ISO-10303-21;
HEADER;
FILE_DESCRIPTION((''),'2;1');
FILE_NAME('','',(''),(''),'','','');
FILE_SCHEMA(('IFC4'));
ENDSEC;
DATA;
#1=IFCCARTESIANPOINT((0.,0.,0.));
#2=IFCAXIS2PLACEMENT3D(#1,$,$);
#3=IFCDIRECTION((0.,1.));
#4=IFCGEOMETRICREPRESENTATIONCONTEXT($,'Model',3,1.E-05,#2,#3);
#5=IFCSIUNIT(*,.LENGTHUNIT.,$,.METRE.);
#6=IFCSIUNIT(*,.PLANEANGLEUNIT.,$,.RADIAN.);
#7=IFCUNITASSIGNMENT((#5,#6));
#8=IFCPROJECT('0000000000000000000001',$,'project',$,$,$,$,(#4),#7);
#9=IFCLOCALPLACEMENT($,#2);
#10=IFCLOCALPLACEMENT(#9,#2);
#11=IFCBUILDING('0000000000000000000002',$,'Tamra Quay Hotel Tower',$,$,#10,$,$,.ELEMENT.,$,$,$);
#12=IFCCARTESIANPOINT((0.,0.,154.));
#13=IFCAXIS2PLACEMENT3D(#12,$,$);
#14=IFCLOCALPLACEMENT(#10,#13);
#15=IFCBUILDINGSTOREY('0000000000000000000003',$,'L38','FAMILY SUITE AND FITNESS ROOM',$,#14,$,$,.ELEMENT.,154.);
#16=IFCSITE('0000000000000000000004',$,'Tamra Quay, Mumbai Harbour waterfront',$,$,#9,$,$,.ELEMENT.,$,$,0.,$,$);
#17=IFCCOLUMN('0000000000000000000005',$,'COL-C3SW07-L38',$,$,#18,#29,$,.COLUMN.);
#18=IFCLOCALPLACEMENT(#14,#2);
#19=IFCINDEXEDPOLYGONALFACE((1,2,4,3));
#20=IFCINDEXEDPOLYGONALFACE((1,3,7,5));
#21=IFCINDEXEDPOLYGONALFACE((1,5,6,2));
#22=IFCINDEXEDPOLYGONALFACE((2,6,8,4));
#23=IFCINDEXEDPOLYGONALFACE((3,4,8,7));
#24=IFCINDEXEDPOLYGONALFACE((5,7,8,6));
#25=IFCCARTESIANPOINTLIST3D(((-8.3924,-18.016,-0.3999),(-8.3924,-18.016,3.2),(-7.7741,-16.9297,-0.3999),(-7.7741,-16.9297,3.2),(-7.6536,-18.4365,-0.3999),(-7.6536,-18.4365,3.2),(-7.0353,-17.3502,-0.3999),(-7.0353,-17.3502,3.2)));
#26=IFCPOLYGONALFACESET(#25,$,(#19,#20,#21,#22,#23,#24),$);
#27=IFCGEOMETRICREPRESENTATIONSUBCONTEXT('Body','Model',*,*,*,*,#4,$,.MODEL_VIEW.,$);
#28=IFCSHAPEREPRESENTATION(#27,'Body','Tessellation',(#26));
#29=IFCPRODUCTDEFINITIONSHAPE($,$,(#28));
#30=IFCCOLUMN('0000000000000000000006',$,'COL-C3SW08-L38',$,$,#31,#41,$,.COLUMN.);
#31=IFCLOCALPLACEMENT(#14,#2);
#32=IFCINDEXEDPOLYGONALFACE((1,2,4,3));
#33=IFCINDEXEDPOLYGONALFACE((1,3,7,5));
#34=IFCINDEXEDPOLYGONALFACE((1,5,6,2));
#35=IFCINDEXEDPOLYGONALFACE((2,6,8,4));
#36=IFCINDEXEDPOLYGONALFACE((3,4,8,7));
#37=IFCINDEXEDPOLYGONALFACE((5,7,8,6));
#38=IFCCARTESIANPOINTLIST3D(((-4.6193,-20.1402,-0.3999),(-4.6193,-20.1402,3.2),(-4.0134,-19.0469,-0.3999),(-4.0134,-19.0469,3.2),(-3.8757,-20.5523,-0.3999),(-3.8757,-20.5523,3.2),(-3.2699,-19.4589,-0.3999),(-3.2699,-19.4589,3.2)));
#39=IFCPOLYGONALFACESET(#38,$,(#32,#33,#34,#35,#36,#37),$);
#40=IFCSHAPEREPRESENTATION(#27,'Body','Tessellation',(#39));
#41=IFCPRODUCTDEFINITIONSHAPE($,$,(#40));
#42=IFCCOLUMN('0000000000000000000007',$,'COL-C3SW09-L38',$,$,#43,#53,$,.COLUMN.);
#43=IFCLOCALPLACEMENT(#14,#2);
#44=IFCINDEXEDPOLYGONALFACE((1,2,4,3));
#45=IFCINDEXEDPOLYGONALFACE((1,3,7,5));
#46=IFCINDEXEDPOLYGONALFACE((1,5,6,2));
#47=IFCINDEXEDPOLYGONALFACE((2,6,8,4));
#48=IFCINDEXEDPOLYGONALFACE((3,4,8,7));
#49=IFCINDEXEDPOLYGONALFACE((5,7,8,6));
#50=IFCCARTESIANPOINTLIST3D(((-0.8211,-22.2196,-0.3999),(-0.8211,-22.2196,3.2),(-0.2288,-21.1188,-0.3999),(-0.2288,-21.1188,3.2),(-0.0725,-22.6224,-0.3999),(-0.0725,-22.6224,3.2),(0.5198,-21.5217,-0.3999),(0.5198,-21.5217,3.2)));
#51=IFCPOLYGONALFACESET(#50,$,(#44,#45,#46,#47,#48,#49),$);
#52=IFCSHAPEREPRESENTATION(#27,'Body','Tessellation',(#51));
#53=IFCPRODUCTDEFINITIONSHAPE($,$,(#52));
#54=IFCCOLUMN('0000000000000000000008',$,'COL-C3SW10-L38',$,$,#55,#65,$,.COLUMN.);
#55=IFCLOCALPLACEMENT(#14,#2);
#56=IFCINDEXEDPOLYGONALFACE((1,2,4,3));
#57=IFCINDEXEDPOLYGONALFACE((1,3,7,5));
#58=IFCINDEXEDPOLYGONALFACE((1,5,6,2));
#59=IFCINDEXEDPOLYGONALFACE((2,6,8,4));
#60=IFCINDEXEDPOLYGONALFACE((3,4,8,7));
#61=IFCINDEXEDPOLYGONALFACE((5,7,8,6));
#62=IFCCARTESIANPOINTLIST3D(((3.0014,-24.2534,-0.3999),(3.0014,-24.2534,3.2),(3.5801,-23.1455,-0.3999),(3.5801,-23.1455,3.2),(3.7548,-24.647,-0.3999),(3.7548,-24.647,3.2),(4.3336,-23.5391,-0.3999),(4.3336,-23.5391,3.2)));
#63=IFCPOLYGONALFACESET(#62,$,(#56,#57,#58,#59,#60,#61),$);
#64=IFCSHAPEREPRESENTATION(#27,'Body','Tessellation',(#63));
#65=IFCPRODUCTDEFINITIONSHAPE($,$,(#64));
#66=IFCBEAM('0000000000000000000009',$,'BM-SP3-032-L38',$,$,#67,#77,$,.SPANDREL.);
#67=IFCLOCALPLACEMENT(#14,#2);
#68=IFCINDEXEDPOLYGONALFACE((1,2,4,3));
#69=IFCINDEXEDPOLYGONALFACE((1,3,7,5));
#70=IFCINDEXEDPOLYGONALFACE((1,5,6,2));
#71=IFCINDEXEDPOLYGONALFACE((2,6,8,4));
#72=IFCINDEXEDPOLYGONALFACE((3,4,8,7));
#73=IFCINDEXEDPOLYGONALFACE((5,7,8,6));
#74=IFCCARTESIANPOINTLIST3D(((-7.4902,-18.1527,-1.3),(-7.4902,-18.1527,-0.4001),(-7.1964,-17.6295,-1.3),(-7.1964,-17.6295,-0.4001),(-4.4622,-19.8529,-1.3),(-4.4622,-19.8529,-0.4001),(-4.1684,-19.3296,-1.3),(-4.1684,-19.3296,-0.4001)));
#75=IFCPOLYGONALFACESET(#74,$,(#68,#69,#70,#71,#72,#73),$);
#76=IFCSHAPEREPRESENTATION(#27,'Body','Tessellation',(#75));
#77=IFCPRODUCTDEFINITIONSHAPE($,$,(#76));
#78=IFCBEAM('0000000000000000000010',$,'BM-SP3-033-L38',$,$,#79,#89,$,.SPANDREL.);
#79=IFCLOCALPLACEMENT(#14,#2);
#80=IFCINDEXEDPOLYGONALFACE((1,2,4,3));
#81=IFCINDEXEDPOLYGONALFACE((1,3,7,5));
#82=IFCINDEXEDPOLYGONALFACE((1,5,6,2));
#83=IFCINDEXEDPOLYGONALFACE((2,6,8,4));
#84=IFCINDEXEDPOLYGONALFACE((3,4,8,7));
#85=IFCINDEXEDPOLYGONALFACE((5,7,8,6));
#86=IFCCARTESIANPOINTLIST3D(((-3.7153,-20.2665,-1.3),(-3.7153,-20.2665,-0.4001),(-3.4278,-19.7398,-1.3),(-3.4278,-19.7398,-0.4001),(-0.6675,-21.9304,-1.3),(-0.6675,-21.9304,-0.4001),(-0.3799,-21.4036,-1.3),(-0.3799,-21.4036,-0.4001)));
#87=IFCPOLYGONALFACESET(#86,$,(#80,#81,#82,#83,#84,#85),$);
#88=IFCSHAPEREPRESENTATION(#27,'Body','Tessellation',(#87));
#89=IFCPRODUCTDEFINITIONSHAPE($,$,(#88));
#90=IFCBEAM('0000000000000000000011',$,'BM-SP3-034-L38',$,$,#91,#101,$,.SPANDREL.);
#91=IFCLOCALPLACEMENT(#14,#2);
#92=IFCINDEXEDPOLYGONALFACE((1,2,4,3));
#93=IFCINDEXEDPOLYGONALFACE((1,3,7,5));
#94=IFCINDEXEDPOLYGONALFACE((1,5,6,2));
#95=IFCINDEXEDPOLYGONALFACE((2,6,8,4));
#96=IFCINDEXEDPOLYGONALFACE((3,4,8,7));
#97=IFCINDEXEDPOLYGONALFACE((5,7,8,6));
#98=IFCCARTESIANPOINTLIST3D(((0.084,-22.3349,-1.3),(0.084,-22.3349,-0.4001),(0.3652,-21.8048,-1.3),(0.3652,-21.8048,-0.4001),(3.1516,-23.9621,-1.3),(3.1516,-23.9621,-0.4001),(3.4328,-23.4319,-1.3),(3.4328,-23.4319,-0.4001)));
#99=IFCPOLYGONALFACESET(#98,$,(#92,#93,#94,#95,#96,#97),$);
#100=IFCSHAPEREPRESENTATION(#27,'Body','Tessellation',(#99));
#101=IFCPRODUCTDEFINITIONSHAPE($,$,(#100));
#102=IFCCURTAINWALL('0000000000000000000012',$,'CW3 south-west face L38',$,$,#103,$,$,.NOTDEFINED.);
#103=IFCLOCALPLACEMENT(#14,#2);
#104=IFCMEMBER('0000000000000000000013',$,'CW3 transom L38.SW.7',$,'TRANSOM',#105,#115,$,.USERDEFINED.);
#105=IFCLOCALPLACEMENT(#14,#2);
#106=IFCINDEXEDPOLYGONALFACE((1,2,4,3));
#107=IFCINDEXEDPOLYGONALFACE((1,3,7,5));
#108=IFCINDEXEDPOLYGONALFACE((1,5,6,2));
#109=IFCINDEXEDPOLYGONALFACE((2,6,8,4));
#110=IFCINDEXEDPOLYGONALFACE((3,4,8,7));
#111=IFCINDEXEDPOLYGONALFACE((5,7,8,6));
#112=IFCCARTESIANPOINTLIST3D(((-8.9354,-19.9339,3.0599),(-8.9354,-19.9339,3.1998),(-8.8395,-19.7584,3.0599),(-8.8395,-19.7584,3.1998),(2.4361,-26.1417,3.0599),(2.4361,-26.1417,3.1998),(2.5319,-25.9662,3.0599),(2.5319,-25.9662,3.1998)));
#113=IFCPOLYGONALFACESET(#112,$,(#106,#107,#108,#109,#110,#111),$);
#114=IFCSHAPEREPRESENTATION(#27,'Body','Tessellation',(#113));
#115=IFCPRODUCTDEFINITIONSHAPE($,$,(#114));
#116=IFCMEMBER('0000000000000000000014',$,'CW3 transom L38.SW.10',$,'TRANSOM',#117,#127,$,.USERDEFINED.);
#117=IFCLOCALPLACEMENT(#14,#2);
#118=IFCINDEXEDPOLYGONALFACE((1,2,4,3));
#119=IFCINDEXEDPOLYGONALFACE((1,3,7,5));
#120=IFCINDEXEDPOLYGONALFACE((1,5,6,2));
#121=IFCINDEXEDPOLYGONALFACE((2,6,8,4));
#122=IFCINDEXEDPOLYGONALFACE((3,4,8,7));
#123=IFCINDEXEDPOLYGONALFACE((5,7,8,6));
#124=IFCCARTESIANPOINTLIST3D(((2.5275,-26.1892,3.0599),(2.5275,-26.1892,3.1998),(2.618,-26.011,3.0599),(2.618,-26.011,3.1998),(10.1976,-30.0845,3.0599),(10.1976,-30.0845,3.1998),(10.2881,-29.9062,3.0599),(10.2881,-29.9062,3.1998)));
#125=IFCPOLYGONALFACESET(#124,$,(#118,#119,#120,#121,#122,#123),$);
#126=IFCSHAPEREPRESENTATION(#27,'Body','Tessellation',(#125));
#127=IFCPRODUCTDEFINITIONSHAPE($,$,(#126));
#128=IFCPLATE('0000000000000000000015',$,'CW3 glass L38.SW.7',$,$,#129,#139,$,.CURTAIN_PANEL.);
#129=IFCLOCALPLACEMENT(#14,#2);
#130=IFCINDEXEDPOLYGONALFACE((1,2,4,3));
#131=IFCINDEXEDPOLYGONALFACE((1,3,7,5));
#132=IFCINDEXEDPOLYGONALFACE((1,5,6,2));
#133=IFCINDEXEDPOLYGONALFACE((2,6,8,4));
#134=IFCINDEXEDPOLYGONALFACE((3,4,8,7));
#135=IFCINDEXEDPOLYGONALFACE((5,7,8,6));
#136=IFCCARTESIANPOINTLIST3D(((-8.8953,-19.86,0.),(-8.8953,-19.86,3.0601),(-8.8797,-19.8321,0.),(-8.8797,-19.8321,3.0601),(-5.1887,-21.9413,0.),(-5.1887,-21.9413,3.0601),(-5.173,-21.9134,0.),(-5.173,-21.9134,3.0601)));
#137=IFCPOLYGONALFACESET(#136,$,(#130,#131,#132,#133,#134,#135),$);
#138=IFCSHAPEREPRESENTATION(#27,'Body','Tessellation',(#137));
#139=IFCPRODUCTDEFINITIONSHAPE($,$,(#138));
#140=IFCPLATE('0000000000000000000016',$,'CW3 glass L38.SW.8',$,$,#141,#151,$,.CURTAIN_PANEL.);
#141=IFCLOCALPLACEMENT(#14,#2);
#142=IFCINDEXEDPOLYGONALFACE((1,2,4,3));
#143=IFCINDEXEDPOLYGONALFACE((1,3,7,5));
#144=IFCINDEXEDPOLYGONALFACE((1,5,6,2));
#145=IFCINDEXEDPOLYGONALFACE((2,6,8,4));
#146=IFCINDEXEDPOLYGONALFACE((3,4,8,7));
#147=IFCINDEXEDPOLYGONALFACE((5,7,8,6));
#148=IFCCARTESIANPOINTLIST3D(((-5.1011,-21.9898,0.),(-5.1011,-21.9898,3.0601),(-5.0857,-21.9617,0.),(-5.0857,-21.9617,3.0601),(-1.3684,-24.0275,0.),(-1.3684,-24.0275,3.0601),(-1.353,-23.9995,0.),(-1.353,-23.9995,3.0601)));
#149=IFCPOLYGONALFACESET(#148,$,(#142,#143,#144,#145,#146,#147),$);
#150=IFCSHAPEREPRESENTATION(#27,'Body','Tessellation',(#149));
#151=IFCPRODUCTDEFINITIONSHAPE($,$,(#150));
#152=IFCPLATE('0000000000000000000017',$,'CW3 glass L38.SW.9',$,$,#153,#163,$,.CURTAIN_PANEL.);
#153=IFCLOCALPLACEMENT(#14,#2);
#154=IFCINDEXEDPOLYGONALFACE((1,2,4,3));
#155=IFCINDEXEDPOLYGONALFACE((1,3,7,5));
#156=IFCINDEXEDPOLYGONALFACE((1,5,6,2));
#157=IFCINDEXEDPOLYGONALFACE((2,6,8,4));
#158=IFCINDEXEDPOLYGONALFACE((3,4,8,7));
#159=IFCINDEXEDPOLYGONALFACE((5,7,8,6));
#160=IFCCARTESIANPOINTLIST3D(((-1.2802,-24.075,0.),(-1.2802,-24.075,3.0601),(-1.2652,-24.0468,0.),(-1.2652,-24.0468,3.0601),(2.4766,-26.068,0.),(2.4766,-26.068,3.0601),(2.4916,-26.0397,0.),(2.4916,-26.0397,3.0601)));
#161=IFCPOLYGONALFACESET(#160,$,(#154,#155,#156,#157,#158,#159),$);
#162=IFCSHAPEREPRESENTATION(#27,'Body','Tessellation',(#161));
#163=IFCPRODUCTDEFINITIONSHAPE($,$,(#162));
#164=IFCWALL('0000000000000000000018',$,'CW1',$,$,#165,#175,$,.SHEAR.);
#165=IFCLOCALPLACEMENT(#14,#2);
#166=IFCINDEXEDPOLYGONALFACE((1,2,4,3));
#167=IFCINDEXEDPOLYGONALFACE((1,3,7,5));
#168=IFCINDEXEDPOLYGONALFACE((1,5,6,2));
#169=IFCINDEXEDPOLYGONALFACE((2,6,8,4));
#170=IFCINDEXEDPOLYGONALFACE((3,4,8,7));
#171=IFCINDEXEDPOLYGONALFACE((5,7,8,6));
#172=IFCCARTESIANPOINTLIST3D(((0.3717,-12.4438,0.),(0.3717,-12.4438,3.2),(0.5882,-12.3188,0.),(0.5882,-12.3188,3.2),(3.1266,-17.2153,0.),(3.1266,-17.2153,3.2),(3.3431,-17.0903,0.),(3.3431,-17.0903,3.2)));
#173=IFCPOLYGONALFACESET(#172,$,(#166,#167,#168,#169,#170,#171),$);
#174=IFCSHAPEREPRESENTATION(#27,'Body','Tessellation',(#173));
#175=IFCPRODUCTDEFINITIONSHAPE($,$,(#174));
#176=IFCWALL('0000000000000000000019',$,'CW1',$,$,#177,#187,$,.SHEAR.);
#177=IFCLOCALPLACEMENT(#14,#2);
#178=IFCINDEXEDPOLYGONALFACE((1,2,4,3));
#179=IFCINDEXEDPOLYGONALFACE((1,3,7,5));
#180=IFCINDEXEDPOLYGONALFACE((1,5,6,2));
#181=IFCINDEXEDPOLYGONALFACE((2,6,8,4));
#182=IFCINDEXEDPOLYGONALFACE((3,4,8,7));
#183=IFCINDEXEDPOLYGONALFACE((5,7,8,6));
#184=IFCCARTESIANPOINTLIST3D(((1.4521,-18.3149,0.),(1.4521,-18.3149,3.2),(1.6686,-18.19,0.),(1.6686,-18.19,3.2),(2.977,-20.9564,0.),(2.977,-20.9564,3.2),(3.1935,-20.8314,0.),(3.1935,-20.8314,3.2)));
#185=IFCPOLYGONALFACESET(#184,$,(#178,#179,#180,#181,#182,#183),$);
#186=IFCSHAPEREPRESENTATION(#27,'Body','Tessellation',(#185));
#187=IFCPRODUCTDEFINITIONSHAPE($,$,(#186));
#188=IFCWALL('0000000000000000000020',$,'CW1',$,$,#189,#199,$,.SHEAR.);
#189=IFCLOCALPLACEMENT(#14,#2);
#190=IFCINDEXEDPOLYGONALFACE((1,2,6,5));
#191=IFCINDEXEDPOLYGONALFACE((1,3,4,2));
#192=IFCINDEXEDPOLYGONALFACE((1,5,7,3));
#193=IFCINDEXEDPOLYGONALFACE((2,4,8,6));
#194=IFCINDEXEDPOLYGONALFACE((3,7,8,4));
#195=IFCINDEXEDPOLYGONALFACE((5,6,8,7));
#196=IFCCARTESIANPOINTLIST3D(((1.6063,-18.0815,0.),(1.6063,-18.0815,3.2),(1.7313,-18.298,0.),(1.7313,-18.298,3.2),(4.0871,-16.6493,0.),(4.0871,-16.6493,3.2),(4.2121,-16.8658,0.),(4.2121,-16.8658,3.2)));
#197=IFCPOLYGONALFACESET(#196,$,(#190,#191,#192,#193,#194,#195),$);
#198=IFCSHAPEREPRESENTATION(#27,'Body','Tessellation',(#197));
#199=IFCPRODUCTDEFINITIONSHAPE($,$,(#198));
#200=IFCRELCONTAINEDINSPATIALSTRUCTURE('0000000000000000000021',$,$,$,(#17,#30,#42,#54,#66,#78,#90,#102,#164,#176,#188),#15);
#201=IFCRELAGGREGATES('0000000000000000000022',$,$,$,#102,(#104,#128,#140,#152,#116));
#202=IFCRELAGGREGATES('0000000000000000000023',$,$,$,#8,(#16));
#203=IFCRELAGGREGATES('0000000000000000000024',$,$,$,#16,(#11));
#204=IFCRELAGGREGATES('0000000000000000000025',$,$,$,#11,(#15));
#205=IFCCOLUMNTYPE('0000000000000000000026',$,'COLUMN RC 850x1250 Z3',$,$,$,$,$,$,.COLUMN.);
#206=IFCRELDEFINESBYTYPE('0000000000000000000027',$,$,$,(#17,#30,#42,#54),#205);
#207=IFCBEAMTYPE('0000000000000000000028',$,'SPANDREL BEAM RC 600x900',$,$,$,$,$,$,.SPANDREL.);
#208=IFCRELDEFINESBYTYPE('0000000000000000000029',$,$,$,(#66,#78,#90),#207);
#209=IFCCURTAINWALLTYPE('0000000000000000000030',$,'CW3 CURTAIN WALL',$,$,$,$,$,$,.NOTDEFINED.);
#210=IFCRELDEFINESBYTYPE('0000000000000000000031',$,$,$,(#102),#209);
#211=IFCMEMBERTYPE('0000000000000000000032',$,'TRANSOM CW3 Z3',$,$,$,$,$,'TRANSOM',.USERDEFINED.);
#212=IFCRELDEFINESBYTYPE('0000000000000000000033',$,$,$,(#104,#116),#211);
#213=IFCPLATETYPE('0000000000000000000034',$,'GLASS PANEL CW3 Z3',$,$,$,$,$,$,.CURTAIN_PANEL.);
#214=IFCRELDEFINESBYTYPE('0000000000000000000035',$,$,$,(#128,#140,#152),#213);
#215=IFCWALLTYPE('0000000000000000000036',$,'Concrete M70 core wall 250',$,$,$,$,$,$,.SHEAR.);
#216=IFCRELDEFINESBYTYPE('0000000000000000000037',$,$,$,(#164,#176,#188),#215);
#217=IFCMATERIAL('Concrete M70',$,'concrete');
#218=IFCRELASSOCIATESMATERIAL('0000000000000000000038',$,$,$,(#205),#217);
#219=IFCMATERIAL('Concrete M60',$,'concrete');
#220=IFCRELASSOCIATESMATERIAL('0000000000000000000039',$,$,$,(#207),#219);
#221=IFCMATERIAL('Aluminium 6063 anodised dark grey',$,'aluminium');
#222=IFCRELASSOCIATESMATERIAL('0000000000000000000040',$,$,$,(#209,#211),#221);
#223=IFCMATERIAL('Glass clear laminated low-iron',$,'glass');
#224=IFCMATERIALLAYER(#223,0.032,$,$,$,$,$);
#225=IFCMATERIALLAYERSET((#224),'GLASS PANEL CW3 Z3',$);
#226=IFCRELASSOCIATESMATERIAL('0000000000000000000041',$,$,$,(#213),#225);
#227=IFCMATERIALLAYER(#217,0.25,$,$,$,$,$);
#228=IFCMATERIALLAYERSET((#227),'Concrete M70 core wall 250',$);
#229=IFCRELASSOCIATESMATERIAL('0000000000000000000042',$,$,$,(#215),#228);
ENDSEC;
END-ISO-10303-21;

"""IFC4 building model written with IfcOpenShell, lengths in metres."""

from ifc_helpers import new_model, si_unit, direction, frame, frame_2d, origin, origin_2d, place, context, subcontext, project, spatial, rectangle, extrude, material, layer, layer_set, material_profile, profile_set, type_object, element, aggregate, save


model = new_model("IFC4")

# Units and contexts
model_context = context("Model", 3, precision=1e-05, world=origin(), true_north=direction((0.0, 1.0)))
body_context = subcontext(model_context, "Body", "Model", "MODEL_VIEW")
ifc_project = project(units=[si_unit("LENGTHUNIT", "METRE"), si_unit("PLANEANGLEUNIT", "RADIAN")], contexts=[model_context])

# Site, building, storey
site_placement = place(None, origin())
site = spatial("IfcSite", under=ifc_project, at=site_placement, Name="Tamra Quay, Mumbai Harbour waterfront", CompositionType="ELEMENT", RefElevation=0.0)
building_placement = place(site_placement, origin())
building = spatial("IfcBuilding", under=site, at=building_placement, Name="Tamra Quay Hotel Tower", CompositionType="ELEMENT")
storey_placement = place(building_placement, frame((0.0, 0.0, 154.0)))
storey = spatial("IfcBuildingStorey", under=building, at=storey_placement, Name="L38", Description="FAMILY SUITE AND FITNESS ROOM", CompositionType="ELEMENT", Elevation=154.0)

# Columns
ifc_material_1 = material(Name="Concrete M70", Category="concrete")
ifc_material_profile_1 = material_profile(ifc_material_1, rectangle(XDim=1.25, YDim=0.8501, at=origin_2d()), Name="COLUMN RC 850x1250 Z3")
ifc_profile_set_1 = profile_set([ifc_material_profile_1], Name="Concrete M70")
column_type = type_object("IfcColumnType", Name="COLUMN RC 850x1250 Z3", PredefinedType="COLUMN", material=ifc_profile_set_1)
for number, where, z_axis, x_axis, name in (
    (1, (-7.7139, -17.6831, -0.3999), (0.0, 0.0, 1.0), (0.494656, 0.869089, 0.0), "COL-C3SW07-L38"),
    (2, (-3.9446, -19.7996, -0.3999), (0.0, 0.0, 1.0), (0.484683, 0.87469, 0.0), "COL-C3SW08-L38"),
    (3, (-0.1506, -21.8706, -0.3999), (0.0, 0.0, 1.0), (0.473876, 0.880592, 0.0), "COL-C3SW09-L38"),
    (4, (3.6675, -23.8962, -0.3999), (0.0, 0.0, 1.0), (0.463007, 0.886355, 0.0), "COL-C3SW10-L38"),
):
    element("IfcColumn", number, at=place(storey_placement, frame(where, z_axis=z_axis, x_axis=x_axis)), inside=storey, type_object=column_type, Name=name, PredefinedType="COLUMN", context=body_context, shape_type="SweptSolid", body=[
        extrude(rectangle(XDim=1.25, YDim=0.8501, at=origin_2d()), origin(), (0.0, 0.0, 1.0), 3.5999),
    ])

# Beams
ifc_material_2 = material(Name="Concrete M60", Category="concrete")
ifc_material_profile_2 = material_profile(ifc_material_2, rectangle(XDim=0.6001, YDim=0.8999, at=origin_2d()), Name="SPANDREL BEAM RC 600x900")
ifc_profile_set_2 = profile_set([ifc_material_profile_2], Name="Concrete M60")
beam_type = type_object("IfcBeamType", Name="SPANDREL BEAM RC 600x900", PredefinedType="SPANDREL", material=ifc_profile_set_2)
beam_placement = place(storey_placement, frame((-7.3433, -17.8911, -0.8501), z_axis=(0.871956, -0.489584, 0.0), x_axis=(0.489584, 0.871956, 0.0)))
element("IfcBeam", 5, at=beam_placement, inside=storey, type_object=beam_type, Name="BM-SP3-032-L38", PredefinedType="SPANDREL", context=body_context, shape_type="SweptSolid", body=[
    extrude(rectangle(XDim=0.6001, YDim=0.8999, at=origin_2d()), origin(), (0.0, 0.0, 1.0), 3.4727),
])
for number, where, z_axis, x_axis, name in (
    (6, (-3.5715, -20.0032, -0.8501), (0.877732, -0.479153, 0.0), (0.479153, 0.877732, 0.0), "BM-SP3-033-L38"),
    (7, (0.2246, -22.0698, -0.8501), (0.883411, -0.468598, 0.0), (0.468598, 0.883411, 0.0), "BM-SP3-034-L38"),
):
    element("IfcBeam", number, at=place(storey_placement, frame(where, z_axis=z_axis, x_axis=x_axis)), inside=storey, type_object=beam_type, Name=name, PredefinedType="SPANDREL", context=body_context, shape_type="SweptSolid", body=[
        extrude(rectangle(XDim=0.6001, YDim=0.8999, at=origin_2d()), origin(), (0.0, 0.0, 1.0), 3.4724),
    ])

# Curtain wall, members, plates
ifc_material_3 = material(Name="Aluminium 6063 anodised dark grey", Category="aluminium")
curtain_wall_type = type_object("IfcCurtainWallType", Name="CW3 CURTAIN WALL", PredefinedType="NOTDEFINED", material=ifc_material_3)
curtain_wall_placement = place(storey_placement, origin())
curtain_wall = element("IfcCurtainWall", 8, at=curtain_wall_placement, inside=storey, type_object=curtain_wall_type, Name="CW3 south-west face L38", PredefinedType="NOTDEFINED")
ifc_material_profile_3 = material_profile(ifc_material_3, rectangle(XDim=0.2, YDim=0.1399, at=origin_2d()), Name="TRANSOM 200X140")
ifc_profile_set_3 = profile_set([ifc_material_profile_3], Name="Aluminium 6063 anodised dark grey")
member_type = type_object("IfcMemberType", Name="TRANSOM CW3 Z3", ElementType="TRANSOM", PredefinedType="USERDEFINED", material=ifc_profile_set_3)
member_1_placement = place(storey_placement, frame((-8.8875, -19.8462, 3.1299), z_axis=(0.877731, -0.479154, 0.0), x_axis=(0.479154, 0.877731, 0.0)))
member_1 = element("IfcMember", 9, at=member_1_placement, type_object=member_type, Name="CW3 transom L38.SW.7", ObjectType="TRANSOM", PredefinedType="USERDEFINED", context=body_context, shape_type="SweptSolid", body=[
    extrude(rectangle(XDim=0.2, YDim=0.1399, at=origin_2d()), origin(), (0.0, 0.0, 1.0), 12.9556),
])
member_2_placement = place(storey_placement, frame((2.5728, -26.1001, 3.1299), z_axis=(0.891611, -0.452801, 0.0), x_axis=(0.452801, 0.891611, 0.0)))
member_2 = element("IfcMember", 10, at=member_2_placement, type_object=member_type, Name="CW3 transom L38.SW.10", ObjectType="TRANSOM", PredefinedType="USERDEFINED", context=body_context, shape_type="SweptSolid", body=[
    extrude(rectangle(XDim=0.2, YDim=0.1399, at=origin_2d()), origin(), (0.0, 0.0, 1.0), 8.6025),
])
ifc_material_4 = material(Name="Glass clear laminated low-iron", Category="glass")
ifc_layer_1 = layer(ifc_material_4, 0.032)
ifc_layer_set_1 = layer_set([ifc_layer_1], Name="GLASS PANEL CW3 Z3")
plate_type = type_object("IfcPlateType", Name="GLASS PANEL CW3 Z3", PredefinedType="CURTAIN_PANEL", material=ifc_layer_set_1)
plate_1_placement = place(storey_placement, frame((-7.0342, -20.8867, 0.0), z_axis=(0.0, 0.0, 1.0), x_axis=(0.871942, -0.489609, 0.0)))
plate_1 = element("IfcPlate", 11, at=plate_1_placement, type_object=plate_type, Name="CW3 glass L38.SW.7", PredefinedType="CURTAIN_PANEL", context=body_context, shape_type="SweptSolid", body=[
    extrude(rectangle(XDim=4.251, YDim=0.032, at=origin_2d()), origin(), (0.0, 0.0, 1.0), 3.0601),
])
plate_2_placement = place(storey_placement, frame((-3.2271, -22.9946, 0.0), z_axis=(0.0, 0.0, 1.0), x_axis=(0.877726, -0.479163, 0.0)))
plate_2 = element("IfcPlate", 12, at=plate_2_placement, type_object=plate_type, Name="CW3 glass L38.SW.8", PredefinedType="CURTAIN_PANEL", context=body_context, shape_type="SweptSolid", body=[
    extrude(rectangle(XDim=4.2527, YDim=0.032, at=origin_2d()), origin(), (0.0, 0.0, 1.0), 3.0601),
])
plate_3_placement = place(storey_placement, frame((0.6057, -25.0574, 0.0), z_axis=(0.0, 0.0, 1.0), x_axis=(0.883392, -0.468636, 0.0)))
plate_3 = element("IfcPlate", 13, at=plate_3_placement, type_object=plate_type, Name="CW3 glass L38.SW.9", PredefinedType="CURTAIN_PANEL", context=body_context, shape_type="SweptSolid", body=[
    extrude(rectangle(XDim=4.2527, YDim=0.032, at=origin_2d()), origin(), (0.0, 0.0, 1.0), 3.0601),
])
aggregate(curtain_wall, [member_1, plate_1, plate_2, plate_3, member_2])

# Walls
ifc_layer_2 = layer(ifc_material_1, 0.25)
ifc_layer_set_2 = layer_set([ifc_layer_2], Name="Concrete M70 core wall 250")
wall_type_1 = type_object("IfcWallType", Name="Concrete M70 core wall 250", PredefinedType="SHEAR", material=ifc_layer_set_2)
wall_1_placement = place(storey_placement, frame((3.2349, -17.1528, 0.0), z_axis=(0.0, 0.0, 1.0), x_axis=(-0.500009, 0.86602, 0.0)))
element("IfcWall", 14, at=wall_1_placement, inside=storey, type_object=wall_type_1, Name="CW1", PredefinedType="SHEAR", context=body_context, shape_type="SweptSolid", body=[
    extrude(rectangle(XDim=5.5098, YDim=0.25, at=frame_2d((2.7549, 0.0))), origin(), (0.0, 0.0, 1.0), 3.2),
])
wall_2_placement = place(storey_placement, frame((3.0852, -20.8938, 0.0), z_axis=(0.0, 0.0, 1.0), x_axis=(-0.499979, 0.866038, 0.0)))
element("IfcWall", 15, at=wall_2_placement, inside=storey, type_object=wall_type_1, Name="CW1", PredefinedType="SHEAR", context=body_context, shape_type="SweptSolid", body=[
    extrude(rectangle(XDim=3.05, YDim=0.25, at=frame_2d((1.5249, 0.0))), origin(), (0.0, 0.0, 1.0), 3.2),
])
wall_3_placement = place(storey_placement, frame((1.6689, -18.1897, 0.0), z_axis=(0.0, 0.0, 1.0), x_axis=(0.866042, 0.499971, 0.0)))
element("IfcWall", 16, at=wall_3_placement, inside=storey, type_object=wall_type_1, Name="CW1", PredefinedType="SHEAR", context=body_context, shape_type="SweptSolid", body=[
    extrude(rectangle(XDim=2.8645, YDim=0.25, at=frame_2d((1.4321, 0.0))), origin(), (0.0, 0.0, 1.0), 3.2),
])

save(model, "model.ifc")
